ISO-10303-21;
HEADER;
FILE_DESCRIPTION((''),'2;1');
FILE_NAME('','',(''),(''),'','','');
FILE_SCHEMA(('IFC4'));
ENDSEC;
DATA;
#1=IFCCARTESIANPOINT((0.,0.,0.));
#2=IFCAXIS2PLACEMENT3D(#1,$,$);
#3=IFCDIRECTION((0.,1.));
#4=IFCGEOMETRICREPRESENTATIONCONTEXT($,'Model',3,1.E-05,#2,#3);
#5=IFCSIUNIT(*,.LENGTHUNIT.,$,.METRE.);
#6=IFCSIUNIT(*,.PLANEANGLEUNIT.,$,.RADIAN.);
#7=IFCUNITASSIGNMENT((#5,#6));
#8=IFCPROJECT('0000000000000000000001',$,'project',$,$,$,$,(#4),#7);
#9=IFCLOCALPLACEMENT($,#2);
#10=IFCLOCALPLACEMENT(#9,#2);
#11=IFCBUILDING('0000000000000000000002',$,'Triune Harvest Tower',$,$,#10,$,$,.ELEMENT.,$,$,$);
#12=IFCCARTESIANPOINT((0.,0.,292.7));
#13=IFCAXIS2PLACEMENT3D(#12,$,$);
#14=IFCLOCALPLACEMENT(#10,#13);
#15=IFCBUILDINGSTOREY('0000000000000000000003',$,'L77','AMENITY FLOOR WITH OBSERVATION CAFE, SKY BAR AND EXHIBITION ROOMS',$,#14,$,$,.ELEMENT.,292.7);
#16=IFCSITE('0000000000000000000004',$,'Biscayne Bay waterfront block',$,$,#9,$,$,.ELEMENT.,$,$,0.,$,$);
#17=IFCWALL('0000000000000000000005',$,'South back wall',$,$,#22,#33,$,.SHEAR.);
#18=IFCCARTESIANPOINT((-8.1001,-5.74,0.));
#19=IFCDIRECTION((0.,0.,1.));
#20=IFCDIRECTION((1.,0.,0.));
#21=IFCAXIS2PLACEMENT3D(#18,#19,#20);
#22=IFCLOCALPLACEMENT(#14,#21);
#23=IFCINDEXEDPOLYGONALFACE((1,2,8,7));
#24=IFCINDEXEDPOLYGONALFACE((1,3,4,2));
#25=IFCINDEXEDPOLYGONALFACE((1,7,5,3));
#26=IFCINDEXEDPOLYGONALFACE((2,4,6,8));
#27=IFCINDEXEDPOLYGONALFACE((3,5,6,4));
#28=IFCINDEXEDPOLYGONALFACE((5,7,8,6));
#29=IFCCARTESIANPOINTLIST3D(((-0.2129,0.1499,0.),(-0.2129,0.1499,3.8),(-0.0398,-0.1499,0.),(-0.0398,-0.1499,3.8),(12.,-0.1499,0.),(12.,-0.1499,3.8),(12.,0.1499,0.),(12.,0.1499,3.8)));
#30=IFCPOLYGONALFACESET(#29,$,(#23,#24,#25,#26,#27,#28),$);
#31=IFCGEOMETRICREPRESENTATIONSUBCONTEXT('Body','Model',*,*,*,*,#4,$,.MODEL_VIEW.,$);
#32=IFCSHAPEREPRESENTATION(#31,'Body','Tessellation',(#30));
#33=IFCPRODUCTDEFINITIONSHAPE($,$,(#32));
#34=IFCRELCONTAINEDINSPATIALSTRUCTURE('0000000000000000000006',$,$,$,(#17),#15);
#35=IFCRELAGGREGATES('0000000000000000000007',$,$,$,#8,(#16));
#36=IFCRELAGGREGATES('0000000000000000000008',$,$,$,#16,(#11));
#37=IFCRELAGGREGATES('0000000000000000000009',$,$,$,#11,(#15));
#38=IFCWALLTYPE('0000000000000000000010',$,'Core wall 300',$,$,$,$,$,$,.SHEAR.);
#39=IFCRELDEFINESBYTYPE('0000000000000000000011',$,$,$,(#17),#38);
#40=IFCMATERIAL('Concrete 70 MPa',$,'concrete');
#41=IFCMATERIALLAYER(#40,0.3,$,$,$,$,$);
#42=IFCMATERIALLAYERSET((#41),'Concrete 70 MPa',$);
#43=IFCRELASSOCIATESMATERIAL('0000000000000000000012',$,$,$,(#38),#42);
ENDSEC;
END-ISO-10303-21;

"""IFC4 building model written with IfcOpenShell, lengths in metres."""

from ifc_helpers import new_model, si_unit, direction, frame, origin, place, context, subcontext, project, spatial, polyline, outline, extrude, material, layer, layer_set, type_object, element, save


model = new_model("IFC4")

# Units and contexts
model_context = context("Model", 3, precision=1e-05, world=origin(), true_north=direction((0.0, 1.0)))
body_context = subcontext(model_context, "Body", "Model", "MODEL_VIEW")
ifc_project = project(units=[si_unit("LENGTHUNIT", "METRE"), si_unit("PLANEANGLEUNIT", "RADIAN")], contexts=[model_context])

# Site, building, storey
site_placement = place(None, origin())
site = spatial("IfcSite", under=ifc_project, at=site_placement, Name="Biscayne Bay waterfront block", CompositionType="ELEMENT", RefElevation=0.0)
building_placement = place(site_placement, origin())
building = spatial("IfcBuilding", under=site, at=building_placement, Name="Triune Harvest Tower", CompositionType="ELEMENT")
storey_placement = place(building_placement, frame((0.0, 0.0, 292.7)))
storey = spatial("IfcBuildingStorey", under=building, at=storey_placement, Name="L77", Description="AMENITY FLOOR WITH OBSERVATION CAFE, SKY BAR AND EXHIBITION ROOMS", CompositionType="ELEMENT", Elevation=292.7)

# Shared definitions
ifc_material_1 = material(Name="Concrete 70 MPa", Category="concrete")
ifc_layer_1 = layer(ifc_material_1, 0.3)
ifc_layer_set_1 = layer_set([ifc_layer_1], Name="Concrete 70 MPa")
wall_type_1 = type_object("IfcWallType", Name="Core wall 300", PredefinedType="SHEAR", material=ifc_layer_set_1)

# Wall
wall_1_placement = place(storey_placement, frame((-8.1001, -5.74, 0.0), z_axis=(0.0, 0.0, 1.0), x_axis=(1.0, 0.0, 0.0)))
element("IfcWall", 1, at=wall_1_placement, inside=storey, type_object=wall_type_1, Name="South back wall", PredefinedType="SHEAR", context=body_context, shape_type="SweptSolid", body=[
    extrude(outline(polyline([(12.0, -0.1499), (-0.0398, -0.1499), (-0.2129, 0.1499), (12.0, 0.1499), (12.0, -0.1499)])), origin(), (0.0, 0.0, 1.0), 3.8),
])

save(model, "model.ifc")
